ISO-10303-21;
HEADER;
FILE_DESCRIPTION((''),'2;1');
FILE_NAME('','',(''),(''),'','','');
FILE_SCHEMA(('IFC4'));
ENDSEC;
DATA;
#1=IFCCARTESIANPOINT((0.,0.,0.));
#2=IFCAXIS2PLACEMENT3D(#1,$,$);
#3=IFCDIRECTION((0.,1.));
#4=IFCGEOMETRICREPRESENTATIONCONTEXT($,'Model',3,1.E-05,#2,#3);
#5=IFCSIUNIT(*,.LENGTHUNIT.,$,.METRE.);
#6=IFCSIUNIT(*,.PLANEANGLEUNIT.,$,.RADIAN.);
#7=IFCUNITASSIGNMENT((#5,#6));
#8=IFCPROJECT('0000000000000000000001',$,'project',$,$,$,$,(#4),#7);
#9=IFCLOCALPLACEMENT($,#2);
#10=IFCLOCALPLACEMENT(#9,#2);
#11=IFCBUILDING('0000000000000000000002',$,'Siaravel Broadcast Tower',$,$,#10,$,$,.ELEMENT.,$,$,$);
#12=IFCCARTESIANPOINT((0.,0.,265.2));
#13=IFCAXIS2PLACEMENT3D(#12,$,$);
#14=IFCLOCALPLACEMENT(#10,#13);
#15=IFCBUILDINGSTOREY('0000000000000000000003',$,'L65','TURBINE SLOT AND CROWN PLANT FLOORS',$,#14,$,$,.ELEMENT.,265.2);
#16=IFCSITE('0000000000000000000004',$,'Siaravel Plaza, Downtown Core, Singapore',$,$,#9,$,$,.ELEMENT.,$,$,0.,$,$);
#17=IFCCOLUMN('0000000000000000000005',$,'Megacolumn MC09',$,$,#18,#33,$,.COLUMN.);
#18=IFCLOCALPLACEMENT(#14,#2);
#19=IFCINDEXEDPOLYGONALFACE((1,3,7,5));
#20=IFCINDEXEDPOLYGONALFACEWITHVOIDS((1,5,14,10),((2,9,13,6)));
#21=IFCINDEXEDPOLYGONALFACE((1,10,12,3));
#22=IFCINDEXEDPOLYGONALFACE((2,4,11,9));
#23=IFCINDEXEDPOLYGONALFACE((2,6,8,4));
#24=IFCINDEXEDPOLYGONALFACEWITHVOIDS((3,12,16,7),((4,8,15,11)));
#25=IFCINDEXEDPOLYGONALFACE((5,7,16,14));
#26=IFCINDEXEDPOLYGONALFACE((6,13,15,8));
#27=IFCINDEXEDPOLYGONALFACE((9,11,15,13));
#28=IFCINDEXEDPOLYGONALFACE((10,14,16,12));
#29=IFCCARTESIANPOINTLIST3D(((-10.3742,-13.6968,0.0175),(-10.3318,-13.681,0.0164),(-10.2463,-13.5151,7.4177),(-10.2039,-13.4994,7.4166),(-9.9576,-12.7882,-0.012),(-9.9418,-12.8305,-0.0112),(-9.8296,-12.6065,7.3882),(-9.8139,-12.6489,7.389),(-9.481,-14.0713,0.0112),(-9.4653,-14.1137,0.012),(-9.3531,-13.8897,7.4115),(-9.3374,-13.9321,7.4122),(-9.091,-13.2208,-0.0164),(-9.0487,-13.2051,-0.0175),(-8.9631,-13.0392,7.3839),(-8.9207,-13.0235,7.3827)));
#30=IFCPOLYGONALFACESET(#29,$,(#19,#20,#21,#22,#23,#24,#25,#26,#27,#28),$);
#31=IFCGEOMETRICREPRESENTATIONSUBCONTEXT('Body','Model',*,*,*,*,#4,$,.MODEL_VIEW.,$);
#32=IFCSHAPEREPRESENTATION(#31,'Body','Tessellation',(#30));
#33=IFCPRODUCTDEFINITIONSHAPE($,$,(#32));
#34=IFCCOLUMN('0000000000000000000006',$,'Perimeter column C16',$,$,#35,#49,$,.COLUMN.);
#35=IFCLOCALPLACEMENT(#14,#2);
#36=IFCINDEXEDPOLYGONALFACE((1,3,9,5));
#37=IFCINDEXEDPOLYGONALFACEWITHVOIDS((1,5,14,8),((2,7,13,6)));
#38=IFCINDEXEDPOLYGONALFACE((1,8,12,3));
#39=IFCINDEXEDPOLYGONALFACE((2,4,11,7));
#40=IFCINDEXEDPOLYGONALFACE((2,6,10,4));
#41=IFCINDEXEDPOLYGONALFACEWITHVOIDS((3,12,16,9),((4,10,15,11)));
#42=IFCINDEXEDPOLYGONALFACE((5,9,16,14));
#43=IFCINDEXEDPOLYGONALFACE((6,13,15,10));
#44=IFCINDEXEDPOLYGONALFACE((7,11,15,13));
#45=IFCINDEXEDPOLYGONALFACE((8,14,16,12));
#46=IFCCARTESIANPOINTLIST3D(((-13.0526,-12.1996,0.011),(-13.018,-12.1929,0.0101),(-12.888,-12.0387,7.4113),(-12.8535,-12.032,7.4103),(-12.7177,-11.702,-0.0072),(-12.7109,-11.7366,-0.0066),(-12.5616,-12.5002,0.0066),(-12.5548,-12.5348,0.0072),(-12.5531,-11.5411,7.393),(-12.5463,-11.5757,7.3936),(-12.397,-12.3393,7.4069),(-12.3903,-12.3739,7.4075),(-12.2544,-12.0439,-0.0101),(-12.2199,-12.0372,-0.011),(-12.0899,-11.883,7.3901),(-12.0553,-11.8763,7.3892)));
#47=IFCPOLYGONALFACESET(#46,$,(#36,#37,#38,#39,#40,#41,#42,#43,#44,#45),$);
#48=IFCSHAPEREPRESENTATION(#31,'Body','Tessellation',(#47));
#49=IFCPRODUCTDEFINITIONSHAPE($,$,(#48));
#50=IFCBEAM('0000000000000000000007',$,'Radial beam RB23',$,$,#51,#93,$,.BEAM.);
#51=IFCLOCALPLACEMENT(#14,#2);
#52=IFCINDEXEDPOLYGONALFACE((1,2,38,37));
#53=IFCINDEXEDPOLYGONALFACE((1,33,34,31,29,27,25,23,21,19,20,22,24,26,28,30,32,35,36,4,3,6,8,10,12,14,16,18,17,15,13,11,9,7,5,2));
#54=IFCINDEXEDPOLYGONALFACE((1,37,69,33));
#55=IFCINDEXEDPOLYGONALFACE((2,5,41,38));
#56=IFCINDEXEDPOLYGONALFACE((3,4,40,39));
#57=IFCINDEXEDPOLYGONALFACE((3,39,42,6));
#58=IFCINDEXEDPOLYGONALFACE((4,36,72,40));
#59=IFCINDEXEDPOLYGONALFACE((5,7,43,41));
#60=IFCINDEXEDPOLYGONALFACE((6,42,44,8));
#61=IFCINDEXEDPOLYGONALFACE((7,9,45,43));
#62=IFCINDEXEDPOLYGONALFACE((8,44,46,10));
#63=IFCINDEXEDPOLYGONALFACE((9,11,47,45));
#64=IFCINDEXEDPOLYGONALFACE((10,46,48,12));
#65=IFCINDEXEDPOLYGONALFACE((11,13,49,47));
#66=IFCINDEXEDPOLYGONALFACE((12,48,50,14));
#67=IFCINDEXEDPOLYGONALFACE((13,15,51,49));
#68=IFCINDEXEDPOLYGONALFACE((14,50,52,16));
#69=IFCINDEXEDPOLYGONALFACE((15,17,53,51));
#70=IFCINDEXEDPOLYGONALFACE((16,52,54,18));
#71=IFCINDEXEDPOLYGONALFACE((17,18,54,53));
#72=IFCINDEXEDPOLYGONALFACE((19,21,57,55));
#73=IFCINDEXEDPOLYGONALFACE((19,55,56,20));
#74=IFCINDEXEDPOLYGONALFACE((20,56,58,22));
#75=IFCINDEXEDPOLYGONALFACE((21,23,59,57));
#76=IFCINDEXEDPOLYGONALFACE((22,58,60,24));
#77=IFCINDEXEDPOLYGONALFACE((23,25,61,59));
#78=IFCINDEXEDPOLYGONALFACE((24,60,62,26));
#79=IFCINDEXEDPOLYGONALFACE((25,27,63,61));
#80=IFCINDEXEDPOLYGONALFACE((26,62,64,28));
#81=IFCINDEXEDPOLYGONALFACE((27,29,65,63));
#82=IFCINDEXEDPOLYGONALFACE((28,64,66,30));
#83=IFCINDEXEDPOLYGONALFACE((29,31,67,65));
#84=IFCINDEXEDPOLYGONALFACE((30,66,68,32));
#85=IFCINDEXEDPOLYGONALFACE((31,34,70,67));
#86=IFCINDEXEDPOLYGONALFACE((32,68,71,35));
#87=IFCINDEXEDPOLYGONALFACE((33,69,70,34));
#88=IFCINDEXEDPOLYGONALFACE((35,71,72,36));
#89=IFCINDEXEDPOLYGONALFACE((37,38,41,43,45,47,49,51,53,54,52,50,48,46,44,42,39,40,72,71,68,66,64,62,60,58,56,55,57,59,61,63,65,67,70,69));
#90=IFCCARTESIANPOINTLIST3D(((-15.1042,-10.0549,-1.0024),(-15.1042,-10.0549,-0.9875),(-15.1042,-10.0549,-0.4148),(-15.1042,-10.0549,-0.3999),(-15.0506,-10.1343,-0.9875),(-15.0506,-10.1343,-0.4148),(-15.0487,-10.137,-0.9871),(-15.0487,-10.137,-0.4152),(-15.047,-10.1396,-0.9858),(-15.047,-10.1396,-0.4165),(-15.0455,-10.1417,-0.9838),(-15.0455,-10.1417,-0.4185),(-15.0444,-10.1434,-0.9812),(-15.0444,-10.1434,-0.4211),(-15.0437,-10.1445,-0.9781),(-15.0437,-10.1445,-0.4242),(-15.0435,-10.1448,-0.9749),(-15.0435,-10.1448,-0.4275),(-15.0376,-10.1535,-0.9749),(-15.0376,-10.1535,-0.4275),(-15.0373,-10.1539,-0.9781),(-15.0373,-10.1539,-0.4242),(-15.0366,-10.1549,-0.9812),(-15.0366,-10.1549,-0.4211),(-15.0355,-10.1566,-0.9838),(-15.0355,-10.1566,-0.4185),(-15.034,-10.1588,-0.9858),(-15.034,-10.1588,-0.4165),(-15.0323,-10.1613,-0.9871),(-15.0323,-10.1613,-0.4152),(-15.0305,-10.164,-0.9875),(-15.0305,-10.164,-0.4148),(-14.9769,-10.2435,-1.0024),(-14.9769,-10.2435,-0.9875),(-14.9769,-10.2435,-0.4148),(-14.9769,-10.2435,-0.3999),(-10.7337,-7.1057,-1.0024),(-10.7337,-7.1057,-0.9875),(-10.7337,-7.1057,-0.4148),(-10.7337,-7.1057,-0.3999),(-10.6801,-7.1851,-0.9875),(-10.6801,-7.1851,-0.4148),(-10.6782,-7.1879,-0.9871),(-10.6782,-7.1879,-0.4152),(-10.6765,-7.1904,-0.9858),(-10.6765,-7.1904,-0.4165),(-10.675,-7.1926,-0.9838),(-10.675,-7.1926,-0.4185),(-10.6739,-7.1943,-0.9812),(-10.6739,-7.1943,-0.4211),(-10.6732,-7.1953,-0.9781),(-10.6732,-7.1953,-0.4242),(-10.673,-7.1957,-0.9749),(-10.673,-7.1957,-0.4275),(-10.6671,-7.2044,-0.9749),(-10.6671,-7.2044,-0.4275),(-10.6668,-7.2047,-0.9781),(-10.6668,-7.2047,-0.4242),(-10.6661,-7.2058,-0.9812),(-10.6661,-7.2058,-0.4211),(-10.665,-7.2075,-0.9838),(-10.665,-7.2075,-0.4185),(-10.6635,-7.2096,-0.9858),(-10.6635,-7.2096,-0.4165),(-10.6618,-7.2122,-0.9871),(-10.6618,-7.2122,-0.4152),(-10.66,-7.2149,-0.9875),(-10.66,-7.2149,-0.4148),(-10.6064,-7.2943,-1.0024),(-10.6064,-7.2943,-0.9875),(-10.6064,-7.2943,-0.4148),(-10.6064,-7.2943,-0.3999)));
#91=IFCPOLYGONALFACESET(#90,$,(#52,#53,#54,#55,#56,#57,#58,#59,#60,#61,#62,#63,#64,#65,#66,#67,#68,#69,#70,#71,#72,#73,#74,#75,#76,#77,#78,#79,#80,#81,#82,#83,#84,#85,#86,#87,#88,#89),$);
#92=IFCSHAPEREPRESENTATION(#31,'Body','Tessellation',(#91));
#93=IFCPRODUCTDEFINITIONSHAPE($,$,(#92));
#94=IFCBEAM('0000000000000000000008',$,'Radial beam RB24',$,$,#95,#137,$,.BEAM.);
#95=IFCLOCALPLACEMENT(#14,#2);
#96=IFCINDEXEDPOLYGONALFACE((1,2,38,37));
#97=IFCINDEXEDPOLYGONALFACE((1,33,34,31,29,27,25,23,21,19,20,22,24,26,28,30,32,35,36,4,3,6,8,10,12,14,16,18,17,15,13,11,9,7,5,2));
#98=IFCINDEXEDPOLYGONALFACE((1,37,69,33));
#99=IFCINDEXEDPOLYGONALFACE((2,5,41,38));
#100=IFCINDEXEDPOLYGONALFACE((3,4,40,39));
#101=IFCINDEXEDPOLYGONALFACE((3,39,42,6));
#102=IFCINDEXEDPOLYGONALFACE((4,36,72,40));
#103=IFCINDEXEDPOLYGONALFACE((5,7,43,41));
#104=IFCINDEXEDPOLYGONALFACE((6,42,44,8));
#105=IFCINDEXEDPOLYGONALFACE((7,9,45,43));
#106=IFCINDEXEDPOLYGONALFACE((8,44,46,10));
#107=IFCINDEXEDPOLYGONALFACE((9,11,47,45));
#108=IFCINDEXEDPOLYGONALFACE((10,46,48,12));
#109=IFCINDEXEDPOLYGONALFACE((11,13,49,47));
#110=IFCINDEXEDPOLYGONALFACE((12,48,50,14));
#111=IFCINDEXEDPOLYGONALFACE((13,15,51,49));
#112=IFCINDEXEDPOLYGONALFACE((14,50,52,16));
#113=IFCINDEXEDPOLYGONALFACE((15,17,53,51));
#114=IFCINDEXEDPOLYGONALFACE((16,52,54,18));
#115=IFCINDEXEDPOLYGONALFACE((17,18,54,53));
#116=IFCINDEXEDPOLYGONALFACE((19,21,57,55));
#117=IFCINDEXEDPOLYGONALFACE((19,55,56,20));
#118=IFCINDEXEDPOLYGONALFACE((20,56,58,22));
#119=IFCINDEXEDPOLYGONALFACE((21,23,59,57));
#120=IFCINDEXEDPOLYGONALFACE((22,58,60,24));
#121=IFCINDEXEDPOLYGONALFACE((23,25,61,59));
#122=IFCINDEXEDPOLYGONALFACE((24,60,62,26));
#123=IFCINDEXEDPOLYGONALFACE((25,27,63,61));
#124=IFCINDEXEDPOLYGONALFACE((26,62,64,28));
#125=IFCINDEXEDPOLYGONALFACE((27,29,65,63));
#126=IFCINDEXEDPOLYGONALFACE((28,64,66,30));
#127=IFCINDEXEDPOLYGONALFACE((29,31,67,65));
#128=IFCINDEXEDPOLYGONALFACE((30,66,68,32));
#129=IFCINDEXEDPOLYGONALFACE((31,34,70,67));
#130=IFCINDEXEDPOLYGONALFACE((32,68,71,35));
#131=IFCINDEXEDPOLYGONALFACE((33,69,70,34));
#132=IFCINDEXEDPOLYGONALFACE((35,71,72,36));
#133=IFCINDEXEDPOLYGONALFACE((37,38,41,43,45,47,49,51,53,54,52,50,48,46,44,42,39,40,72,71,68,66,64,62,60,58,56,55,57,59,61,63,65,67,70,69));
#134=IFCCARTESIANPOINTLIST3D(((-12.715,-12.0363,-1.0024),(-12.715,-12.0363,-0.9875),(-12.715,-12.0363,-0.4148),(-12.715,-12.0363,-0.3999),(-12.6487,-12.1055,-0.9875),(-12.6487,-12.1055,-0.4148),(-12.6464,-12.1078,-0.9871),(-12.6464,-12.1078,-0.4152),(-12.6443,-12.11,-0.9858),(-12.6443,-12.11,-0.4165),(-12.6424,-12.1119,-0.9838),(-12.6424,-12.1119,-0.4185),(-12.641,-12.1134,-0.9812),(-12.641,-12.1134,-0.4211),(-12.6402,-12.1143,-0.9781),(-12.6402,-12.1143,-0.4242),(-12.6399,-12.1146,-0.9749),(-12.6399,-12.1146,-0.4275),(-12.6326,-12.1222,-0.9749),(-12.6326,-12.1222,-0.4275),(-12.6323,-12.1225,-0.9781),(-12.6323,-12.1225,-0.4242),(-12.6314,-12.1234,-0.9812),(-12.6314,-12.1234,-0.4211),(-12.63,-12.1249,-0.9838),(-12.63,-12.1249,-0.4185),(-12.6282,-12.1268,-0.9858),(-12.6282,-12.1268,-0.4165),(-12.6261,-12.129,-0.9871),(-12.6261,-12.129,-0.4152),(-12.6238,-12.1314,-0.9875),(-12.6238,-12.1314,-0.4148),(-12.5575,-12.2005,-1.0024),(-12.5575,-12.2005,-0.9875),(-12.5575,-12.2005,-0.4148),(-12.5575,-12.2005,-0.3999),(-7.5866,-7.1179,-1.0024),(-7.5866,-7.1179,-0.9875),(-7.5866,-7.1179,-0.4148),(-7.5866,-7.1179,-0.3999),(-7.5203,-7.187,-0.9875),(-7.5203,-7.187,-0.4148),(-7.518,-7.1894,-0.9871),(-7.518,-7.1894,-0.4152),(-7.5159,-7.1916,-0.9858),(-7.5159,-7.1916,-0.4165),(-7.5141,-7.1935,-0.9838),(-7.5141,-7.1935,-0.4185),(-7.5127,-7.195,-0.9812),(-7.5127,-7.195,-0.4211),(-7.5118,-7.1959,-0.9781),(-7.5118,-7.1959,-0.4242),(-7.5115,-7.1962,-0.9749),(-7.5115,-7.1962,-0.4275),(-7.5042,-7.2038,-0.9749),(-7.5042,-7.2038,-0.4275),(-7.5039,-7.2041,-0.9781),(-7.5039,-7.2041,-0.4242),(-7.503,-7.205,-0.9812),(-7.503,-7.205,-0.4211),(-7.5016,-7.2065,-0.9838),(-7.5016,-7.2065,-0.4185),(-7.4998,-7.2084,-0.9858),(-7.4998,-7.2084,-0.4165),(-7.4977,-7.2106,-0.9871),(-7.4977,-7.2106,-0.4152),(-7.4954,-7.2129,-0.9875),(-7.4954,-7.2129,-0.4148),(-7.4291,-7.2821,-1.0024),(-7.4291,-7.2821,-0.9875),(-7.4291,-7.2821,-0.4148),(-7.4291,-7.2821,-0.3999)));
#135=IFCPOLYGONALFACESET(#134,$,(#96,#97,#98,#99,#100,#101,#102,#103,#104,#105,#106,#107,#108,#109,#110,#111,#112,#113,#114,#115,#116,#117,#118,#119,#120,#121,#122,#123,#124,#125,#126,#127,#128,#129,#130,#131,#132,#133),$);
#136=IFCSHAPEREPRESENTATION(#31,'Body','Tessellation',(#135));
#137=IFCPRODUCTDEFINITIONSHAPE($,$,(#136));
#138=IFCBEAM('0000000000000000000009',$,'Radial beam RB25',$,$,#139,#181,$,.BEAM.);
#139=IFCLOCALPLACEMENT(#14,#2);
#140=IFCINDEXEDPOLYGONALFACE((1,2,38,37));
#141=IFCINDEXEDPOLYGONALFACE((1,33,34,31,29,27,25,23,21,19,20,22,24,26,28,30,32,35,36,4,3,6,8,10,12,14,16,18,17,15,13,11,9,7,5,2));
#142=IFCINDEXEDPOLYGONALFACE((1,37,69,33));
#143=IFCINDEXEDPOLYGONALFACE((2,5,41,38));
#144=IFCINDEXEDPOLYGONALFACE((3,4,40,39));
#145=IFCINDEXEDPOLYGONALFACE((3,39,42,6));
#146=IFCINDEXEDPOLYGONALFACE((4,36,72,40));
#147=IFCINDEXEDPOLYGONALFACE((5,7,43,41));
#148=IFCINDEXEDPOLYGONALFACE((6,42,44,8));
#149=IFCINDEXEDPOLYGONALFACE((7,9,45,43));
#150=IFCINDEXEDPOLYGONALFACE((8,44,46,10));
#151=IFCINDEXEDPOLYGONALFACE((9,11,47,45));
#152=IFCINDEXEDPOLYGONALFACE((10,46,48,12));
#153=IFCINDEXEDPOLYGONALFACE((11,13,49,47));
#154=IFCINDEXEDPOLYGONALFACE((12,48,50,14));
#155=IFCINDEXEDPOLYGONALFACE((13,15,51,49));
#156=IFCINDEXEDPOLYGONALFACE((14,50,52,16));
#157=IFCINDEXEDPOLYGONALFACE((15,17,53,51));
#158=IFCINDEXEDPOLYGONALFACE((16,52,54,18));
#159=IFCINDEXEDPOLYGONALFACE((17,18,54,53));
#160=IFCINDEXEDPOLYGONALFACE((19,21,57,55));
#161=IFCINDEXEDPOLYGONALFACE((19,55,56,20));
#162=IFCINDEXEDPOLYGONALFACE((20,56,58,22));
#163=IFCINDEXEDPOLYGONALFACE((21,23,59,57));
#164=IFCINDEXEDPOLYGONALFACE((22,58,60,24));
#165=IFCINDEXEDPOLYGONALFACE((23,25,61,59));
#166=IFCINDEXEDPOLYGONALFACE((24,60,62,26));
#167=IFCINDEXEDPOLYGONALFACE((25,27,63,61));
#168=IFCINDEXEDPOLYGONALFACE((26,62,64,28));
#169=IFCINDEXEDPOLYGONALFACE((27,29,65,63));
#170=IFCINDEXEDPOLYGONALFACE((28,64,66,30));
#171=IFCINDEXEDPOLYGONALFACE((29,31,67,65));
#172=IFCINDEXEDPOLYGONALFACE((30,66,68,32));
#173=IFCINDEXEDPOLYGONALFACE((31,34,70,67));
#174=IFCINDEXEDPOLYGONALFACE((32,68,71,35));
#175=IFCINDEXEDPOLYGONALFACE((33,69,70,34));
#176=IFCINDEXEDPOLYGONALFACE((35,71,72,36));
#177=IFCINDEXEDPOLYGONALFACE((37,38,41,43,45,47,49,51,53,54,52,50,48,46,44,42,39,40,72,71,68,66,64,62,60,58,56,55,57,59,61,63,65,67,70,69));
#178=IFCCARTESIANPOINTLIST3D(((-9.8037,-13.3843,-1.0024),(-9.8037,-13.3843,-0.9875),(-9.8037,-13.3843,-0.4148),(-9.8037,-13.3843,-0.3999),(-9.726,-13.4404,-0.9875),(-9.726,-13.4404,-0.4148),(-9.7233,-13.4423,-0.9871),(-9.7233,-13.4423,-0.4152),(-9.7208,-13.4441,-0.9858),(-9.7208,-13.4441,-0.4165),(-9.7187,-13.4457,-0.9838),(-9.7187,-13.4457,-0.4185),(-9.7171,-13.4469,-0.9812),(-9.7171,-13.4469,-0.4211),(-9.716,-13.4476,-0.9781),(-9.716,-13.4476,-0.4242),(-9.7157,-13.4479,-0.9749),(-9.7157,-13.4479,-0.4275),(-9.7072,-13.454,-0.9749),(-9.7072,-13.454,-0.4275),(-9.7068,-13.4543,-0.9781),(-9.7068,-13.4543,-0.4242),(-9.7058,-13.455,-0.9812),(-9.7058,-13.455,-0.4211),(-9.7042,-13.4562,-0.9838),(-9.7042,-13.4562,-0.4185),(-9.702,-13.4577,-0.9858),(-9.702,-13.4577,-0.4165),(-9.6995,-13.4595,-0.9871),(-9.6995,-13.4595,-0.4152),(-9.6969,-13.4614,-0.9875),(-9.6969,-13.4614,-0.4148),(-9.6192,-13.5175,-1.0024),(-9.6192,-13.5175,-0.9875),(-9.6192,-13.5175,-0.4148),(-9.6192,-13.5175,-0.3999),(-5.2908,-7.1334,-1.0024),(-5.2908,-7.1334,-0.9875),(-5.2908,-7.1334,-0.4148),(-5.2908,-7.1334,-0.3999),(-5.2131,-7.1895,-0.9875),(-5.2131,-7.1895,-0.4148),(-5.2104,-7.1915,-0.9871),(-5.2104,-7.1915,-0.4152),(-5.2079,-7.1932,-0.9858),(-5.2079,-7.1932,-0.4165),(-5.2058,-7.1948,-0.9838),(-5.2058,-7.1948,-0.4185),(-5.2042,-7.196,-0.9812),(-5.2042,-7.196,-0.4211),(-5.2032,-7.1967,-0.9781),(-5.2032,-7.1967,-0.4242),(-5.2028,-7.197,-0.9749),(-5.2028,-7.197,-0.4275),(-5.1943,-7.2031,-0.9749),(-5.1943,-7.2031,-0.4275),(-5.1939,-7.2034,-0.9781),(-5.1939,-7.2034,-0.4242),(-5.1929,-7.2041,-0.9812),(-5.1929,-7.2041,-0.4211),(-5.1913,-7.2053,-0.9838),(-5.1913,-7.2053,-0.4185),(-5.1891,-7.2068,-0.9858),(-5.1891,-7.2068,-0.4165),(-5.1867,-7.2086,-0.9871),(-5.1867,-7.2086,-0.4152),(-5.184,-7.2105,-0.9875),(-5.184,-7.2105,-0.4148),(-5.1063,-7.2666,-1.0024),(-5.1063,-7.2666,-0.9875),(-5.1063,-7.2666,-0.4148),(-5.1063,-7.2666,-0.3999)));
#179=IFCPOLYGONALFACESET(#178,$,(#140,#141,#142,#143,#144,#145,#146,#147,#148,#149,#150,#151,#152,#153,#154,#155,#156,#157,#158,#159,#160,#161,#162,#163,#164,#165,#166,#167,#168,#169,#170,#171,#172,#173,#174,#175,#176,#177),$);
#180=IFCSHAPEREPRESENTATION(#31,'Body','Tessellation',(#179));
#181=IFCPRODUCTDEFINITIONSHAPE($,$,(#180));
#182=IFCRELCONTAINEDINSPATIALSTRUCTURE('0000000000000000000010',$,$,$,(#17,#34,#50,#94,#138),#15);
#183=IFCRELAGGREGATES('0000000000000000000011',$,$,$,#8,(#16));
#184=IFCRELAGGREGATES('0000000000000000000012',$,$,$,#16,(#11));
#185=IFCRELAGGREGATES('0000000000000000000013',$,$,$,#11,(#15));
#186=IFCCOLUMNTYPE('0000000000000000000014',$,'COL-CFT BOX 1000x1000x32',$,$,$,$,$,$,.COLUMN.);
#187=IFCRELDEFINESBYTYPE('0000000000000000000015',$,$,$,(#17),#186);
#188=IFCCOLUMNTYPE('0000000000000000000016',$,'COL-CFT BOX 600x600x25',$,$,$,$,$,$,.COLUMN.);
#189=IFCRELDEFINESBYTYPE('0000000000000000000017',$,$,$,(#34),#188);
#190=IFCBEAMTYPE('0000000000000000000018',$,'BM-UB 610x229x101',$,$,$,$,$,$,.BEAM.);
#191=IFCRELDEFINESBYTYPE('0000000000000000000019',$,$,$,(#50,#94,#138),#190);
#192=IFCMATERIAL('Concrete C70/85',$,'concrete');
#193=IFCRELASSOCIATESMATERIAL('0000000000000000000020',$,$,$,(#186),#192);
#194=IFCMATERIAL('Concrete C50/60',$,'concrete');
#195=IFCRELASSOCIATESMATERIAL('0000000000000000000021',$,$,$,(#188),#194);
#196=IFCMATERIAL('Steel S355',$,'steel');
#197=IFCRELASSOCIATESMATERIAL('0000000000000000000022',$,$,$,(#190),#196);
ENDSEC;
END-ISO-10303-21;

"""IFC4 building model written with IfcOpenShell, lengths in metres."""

from ifc_helpers import new_model, si_unit, direction, frame, origin, origin_2d, place, context, subcontext, project, spatial, hollow_rectangle, i_section, extrude, material, material_profile, profile_set, type_object, element, save


model = new_model("IFC4")

# Units and contexts
model_context = context("Model", 3, precision=1e-05, world=origin(), true_north=direction((0.0, 1.0)))
body_context = subcontext(model_context, "Body", "Model", "MODEL_VIEW")
ifc_project = project(units=[si_unit("LENGTHUNIT", "METRE"), si_unit("PLANEANGLEUNIT", "RADIAN")], contexts=[model_context])

# Site, building, storey
site_placement = place(None, origin())
site = spatial("IfcSite", under=ifc_project, at=site_placement, Name="Siaravel Plaza, Downtown Core, Singapore", CompositionType="ELEMENT", RefElevation=0.0)
building_placement = place(site_placement, origin())
building = spatial("IfcBuilding", under=site, at=building_placement, Name="Siaravel Broadcast Tower", CompositionType="ELEMENT")
storey_placement = place(building_placement, frame((0.0, 0.0, 265.2)))
storey = spatial("IfcBuildingStorey", under=building, at=storey_placement, Name="L65", Description="TURBINE SLOT AND CROWN PLANT FLOORS", CompositionType="ELEMENT", Elevation=265.2)

# Columns
ifc_material_1 = material(Name="Concrete C70/85", Category="concrete")
ifc_material_profile_1 = material_profile(ifc_material_1, hollow_rectangle(XDim=1.0, YDim=1.0, WallThickness=0.032, at=origin_2d()))
ifc_profile_set_1 = profile_set([ifc_material_profile_1], Name="Concrete C70/85")
column_type_1 = type_object("IfcColumnType", Name="COL-CFT BOX 1000x1000x32", PredefinedType="COLUMN", material=ifc_profile_set_1)
column_1_placement = place(storey_placement, frame((-9.7114, -13.4509, 0.0), z_axis=(0.01728, 0.024534, 0.99955), x_axis=(-0.908912, 0.416952, 0.005478)))
element("IfcColumn", 1, at=column_1_placement, inside=storey, type_object=column_type_1, Name="Megacolumn MC09", PredefinedType="COLUMN", context=body_context, shape_type="SweptSolid", body=[
    extrude(hollow_rectangle(XDim=1.0, YDim=1.0, WallThickness=0.032, at=origin_2d()), origin(), (0.0, 0.0, 1.0), 7.4036),
])
ifc_material_2 = material(Name="Concrete C50/60", Category="concrete")
ifc_material_profile_2 = material_profile(ifc_material_2, hollow_rectangle(XDim=0.6001, YDim=0.6001, WallThickness=0.0249, at=origin_2d()))
ifc_profile_set_2 = profile_set([ifc_material_profile_2], Name="Concrete C50/60")
column_type_2 = type_object("IfcColumnType", Name="COL-CFT BOX 600x600x25", PredefinedType="COLUMN", material=ifc_profile_set_2)
column_2_placement = place(storey_placement, frame((-12.6362, -12.1184, 0.0), z_axis=(0.022225, 0.021731, 0.999517), x_axis=(-0.829478, 0.558505, 0.006302)))
element("IfcColumn", 2, at=column_2_placement, inside=storey, type_object=column_type_2, Name="Perimeter column C16", PredefinedType="COLUMN", context=body_context, shape_type="SweptSolid", body=[
    extrude(hollow_rectangle(XDim=0.6001, YDim=0.6001, WallThickness=0.0249, at=origin_2d()), origin(), (0.0, 0.0, 1.0), 7.4038),
])

# Beams
ifc_material_3 = material(Name="Steel S355", Category="steel")
ifc_material_profile_3 = material_profile(ifc_material_3, i_section(OverallWidth=0.2275, OverallDepth=0.6025, WebThickness=0.0105, FlangeThickness=0.0149, FilletRadius=0.0127, at=origin_2d()))
ifc_profile_set_3 = profile_set([ifc_material_profile_3], Name="Steel S355")
beam_type_1 = type_object("IfcBeamType", Name="BM-UB 610x229x101", PredefinedType="BEAM", material=ifc_profile_set_3)
beam_1_placement = place(storey_placement, frame((-15.0405, -10.1492, -0.7012), z_axis=(0.828931, 0.55935, 0.0), x_axis=(-0.55935, 0.828931, 0.0)))
element("IfcBeam", 3, at=beam_1_placement, inside=storey, type_object=beam_type_1, Name="Radial beam RB23", PredefinedType="BEAM", context=body_context, shape_type="SweptSolid", body=[
    extrude(i_section(OverallWidth=0.2275, OverallDepth=0.6025, WebThickness=0.0105, FlangeThickness=0.0149, FilletRadius=0.0127, at=origin_2d()), origin(), (0.0, 0.0, 1.0), 5.2725),
])
beam_2_placement = place(storey_placement, frame((-12.6362, -12.1184, -0.7012), z_axis=(0.721726, 0.692178, 0.0), x_axis=(-0.692178, 0.721726, 0.0)))
element("IfcBeam", 4, at=beam_2_placement, inside=storey, type_object=beam_type_1, Name="Radial beam RB24", PredefinedType="BEAM", context=body_context, shape_type="SweptSolid", body=[
    extrude(i_section(OverallWidth=0.2275, OverallDepth=0.6025, WebThickness=0.0105, FlangeThickness=0.0149, FilletRadius=0.0127, at=origin_2d()), origin(), (0.0, 0.0, 1.0), 7.1057),
])
beam_3_placement = place(storey_placement, frame((-9.7114, -13.4509, -0.7012), z_axis=(0.585349, 0.810781, 0.0), x_axis=(-0.810781, 0.585349, 0.0)))
element("IfcBeam", 5, at=beam_3_placement, inside=storey, type_object=beam_type_1, Name="Radial beam RB25", PredefinedType="BEAM", context=body_context, shape_type="SweptSolid", body=[
    extrude(i_section(OverallWidth=0.2275, OverallDepth=0.6025, WebThickness=0.0105, FlangeThickness=0.0149, FilletRadius=0.0127, at=origin_2d()), origin(), (0.0, 0.0, 1.0), 7.7097),
])

save(model, "model.ifc")
